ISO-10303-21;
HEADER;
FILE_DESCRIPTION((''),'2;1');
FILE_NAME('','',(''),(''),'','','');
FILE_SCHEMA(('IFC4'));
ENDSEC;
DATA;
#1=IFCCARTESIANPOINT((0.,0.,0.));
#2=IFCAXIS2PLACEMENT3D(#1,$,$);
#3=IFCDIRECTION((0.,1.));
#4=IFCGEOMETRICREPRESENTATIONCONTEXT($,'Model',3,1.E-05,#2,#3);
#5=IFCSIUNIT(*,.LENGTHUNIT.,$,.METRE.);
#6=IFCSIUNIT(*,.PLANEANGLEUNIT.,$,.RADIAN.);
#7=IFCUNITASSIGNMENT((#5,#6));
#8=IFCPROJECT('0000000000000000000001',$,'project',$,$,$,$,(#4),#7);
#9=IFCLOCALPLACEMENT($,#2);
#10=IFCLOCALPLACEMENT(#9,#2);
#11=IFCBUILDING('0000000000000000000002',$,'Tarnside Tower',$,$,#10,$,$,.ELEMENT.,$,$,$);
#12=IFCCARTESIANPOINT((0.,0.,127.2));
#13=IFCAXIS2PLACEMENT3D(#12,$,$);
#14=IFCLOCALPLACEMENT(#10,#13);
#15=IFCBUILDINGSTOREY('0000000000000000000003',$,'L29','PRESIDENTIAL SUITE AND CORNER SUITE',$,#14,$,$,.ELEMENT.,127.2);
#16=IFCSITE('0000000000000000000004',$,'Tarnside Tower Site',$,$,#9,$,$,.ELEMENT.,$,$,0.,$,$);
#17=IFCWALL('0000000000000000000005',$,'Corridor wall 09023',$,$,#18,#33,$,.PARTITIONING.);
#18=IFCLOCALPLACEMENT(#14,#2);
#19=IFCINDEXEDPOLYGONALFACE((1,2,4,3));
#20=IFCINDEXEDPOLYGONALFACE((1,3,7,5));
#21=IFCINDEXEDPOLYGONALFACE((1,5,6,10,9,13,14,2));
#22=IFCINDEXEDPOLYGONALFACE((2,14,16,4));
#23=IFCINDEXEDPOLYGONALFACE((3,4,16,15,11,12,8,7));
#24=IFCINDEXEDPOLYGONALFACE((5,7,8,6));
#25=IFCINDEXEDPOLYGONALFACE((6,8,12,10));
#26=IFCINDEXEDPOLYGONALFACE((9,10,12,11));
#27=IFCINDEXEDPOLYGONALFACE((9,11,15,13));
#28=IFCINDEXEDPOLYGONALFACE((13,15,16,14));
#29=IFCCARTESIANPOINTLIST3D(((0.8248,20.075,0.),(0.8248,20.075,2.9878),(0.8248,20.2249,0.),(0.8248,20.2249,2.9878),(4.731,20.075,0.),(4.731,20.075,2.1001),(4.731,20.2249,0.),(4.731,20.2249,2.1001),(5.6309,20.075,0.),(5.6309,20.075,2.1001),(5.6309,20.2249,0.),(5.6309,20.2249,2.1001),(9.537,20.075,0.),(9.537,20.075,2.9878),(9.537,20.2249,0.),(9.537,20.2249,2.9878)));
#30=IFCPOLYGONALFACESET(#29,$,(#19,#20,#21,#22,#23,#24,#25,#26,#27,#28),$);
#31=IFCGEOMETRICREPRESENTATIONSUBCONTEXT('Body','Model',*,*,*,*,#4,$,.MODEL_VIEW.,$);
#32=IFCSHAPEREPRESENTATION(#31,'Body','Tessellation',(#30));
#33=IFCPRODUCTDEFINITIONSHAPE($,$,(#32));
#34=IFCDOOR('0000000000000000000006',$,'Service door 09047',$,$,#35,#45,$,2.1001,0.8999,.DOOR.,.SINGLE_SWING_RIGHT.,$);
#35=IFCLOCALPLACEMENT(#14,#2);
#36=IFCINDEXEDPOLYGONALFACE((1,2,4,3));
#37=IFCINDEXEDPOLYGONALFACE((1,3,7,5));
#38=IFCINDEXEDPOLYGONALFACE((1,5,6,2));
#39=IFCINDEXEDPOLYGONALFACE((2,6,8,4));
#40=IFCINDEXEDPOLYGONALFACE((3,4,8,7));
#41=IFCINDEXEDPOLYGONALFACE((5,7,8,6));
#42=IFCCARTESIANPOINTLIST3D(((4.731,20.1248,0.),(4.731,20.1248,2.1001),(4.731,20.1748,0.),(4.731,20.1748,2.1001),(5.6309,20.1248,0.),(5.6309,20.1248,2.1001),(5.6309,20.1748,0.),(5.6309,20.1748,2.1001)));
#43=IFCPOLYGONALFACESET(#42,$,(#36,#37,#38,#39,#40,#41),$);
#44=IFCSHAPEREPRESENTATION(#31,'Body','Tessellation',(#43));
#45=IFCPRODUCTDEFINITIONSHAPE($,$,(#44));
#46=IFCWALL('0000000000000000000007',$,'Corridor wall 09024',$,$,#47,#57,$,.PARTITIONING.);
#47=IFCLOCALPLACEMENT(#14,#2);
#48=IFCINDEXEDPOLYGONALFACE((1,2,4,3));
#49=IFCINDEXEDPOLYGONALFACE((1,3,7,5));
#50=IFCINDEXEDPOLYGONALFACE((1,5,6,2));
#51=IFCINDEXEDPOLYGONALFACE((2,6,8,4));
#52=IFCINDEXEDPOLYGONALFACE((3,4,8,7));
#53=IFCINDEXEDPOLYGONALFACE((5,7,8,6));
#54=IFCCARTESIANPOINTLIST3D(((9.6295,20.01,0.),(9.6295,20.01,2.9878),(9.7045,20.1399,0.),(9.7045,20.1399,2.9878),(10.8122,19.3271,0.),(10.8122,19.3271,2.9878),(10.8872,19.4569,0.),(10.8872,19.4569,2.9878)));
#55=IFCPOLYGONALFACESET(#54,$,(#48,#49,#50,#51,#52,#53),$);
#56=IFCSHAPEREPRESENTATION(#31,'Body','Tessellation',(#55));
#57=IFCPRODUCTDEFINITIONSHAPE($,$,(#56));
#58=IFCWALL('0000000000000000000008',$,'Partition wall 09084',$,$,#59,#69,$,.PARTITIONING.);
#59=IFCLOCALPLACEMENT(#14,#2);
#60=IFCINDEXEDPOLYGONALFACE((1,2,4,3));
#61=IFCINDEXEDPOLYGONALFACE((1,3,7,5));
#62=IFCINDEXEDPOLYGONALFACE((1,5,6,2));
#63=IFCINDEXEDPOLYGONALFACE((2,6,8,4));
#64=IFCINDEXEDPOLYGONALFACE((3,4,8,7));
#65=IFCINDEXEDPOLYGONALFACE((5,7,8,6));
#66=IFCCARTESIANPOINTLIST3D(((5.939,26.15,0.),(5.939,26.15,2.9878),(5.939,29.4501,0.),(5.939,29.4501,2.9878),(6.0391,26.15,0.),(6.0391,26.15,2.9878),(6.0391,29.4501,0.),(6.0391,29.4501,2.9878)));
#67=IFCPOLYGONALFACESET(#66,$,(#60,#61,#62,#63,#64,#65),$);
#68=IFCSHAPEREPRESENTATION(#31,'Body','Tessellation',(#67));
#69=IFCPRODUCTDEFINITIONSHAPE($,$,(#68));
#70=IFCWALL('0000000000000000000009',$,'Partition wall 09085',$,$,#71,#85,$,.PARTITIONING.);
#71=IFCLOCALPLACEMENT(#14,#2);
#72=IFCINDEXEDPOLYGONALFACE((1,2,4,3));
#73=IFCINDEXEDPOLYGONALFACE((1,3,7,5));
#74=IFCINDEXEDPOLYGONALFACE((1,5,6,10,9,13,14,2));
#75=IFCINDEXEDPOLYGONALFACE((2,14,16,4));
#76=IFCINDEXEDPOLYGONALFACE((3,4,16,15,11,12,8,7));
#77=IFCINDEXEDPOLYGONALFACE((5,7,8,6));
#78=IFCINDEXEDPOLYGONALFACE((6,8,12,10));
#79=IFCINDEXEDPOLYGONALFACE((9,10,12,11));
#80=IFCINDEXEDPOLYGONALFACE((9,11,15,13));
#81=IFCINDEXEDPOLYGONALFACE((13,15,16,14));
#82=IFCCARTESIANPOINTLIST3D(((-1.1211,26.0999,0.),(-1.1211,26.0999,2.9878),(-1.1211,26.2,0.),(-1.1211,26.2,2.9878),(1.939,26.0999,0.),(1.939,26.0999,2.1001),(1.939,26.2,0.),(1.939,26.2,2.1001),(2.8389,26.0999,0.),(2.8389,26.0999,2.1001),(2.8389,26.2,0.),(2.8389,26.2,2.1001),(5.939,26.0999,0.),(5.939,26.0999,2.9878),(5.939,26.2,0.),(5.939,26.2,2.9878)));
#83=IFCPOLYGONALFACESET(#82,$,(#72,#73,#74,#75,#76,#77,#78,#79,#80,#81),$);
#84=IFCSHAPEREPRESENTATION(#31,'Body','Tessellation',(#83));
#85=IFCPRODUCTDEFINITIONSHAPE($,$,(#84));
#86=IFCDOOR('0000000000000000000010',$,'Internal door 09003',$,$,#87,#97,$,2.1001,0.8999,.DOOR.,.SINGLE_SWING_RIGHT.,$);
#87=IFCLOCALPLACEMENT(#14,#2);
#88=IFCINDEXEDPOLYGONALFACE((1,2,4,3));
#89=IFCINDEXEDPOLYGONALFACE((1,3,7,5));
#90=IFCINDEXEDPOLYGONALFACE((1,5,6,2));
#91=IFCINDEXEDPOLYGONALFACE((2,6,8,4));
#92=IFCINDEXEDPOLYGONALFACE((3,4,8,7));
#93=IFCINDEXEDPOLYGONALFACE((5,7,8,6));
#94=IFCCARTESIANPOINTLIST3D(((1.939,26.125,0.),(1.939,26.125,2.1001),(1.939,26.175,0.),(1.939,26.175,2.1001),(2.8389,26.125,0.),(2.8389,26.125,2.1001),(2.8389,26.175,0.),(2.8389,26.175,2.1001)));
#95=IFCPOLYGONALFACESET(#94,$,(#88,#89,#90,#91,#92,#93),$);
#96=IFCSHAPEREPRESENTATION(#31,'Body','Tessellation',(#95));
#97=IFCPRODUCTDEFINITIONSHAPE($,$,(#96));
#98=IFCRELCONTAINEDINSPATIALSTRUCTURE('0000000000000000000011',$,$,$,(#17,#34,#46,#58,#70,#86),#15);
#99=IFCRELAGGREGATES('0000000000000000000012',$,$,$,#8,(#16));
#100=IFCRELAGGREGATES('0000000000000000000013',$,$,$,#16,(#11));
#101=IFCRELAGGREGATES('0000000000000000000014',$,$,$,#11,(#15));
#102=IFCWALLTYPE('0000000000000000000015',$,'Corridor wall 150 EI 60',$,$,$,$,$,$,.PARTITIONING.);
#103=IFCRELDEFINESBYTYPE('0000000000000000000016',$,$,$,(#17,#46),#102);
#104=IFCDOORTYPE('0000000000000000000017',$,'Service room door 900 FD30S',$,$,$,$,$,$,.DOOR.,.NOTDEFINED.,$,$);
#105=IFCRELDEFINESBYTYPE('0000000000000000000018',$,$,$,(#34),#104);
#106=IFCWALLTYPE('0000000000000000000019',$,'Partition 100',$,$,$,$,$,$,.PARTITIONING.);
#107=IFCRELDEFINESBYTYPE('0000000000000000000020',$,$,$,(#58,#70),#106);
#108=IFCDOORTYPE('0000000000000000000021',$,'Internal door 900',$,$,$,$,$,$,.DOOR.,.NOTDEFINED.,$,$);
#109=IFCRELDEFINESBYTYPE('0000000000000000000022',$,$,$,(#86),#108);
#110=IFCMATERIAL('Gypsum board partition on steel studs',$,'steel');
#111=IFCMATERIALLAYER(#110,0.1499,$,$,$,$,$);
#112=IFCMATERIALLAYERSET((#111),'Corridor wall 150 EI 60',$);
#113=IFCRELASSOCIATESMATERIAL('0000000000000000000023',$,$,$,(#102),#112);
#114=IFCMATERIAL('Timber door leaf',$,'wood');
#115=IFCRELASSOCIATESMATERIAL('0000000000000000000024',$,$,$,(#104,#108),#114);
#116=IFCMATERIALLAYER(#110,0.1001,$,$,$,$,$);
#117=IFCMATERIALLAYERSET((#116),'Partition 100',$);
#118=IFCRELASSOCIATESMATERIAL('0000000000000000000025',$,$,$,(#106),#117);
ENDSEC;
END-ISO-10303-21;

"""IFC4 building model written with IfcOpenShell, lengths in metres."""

from ifc_helpers import new_model, si_unit, direction, frame, frame_2d, origin, place, context, subcontext, project, spatial, rectangle, extrude, material, layer, layer_set, type_object, element, fill, save


model = new_model("IFC4")

# Units and contexts
model_context = context("Model", 3, precision=1e-05, world=origin(), true_north=direction((0.0, 1.0)))
body_context = subcontext(model_context, "Body", "Model", "MODEL_VIEW")
ifc_project = project(units=[si_unit("LENGTHUNIT", "METRE"), si_unit("PLANEANGLEUNIT", "RADIAN")], contexts=[model_context])

# Site, building, storey
site_placement = place(None, origin())
site = spatial("IfcSite", under=ifc_project, at=site_placement, Name="Tarnside Tower Site", CompositionType="ELEMENT", RefElevation=0.0)
building_placement = place(site_placement, origin())
building = spatial("IfcBuilding", under=site, at=building_placement, Name="Tarnside Tower", CompositionType="ELEMENT")
storey_placement = place(building_placement, frame((0.0, 0.0, 127.2)))
storey = spatial("IfcBuildingStorey", under=building, at=storey_placement, Name="L29", Description="PRESIDENTIAL SUITE AND CORNER SUITE", CompositionType="ELEMENT", Elevation=127.2)

# Shared definitions
ifc_material_1 = material(Name="Gypsum board partition on steel studs", Category="steel")
ifc_material_2 = material(Name="Timber door leaf", Category="wood")

# Wall, opening, door
ifc_layer_1 = layer(ifc_material_1, 0.1499)
ifc_layer_set_1 = layer_set([ifc_layer_1], Name="Corridor wall 150 EI 60")
wall_type_1 = type_object("IfcWallType", Name="Corridor wall 150 EI 60", PredefinedType="PARTITIONING", material=ifc_layer_set_1)
wall_1_placement = place(storey_placement, frame((0.825, 20.1499, 0.0), z_axis=(0.0, 0.0, 1.0), x_axis=(1.0, 0.0, 0.0)))
wall_1 = element("IfcWall", 1, at=wall_1_placement, inside=storey, type_object=wall_type_1, Name="Corridor wall 09023", PredefinedType="PARTITIONING", context=body_context, shape_type="SweptSolid", body=[
    extrude(rectangle(XDim=8.7122, YDim=0.1499, at=frame_2d((4.356, 0.0))), origin(), (0.0, 0.0, 1.0), 2.9878),
])
opening_1_placement = place(wall_1_placement, frame((3.906, 0.0, 0.0)))
opening_1 = element("IfcOpeningElement", 2, at=opening_1_placement, cuts=wall_1, PredefinedType="OPENING", context=body_context, shape_type="SweptSolid", body=[
    extrude(rectangle(XDim=0.8999, YDim=2.1001, at=frame_2d((0.45, 1.05))), frame((0.0, 0.085, 0.0), z_axis=(0.0, -1.0, 0.0), x_axis=(1.0, 0.0, 0.0)), (0.0, 0.0, 1.0), 0.1699),
])
door_type_1 = type_object("IfcDoorType", Name="Service room door 900 FD30S", OperationType="NOTDEFINED", PredefinedType="DOOR", material=ifc_material_2)
door_1_placement = place(opening_1_placement, origin())
door_1 = element("IfcDoor", 3, at=door_1_placement, inside=storey, type_object=door_type_1, Name="Service door 09047", OperationType="SINGLE_SWING_RIGHT", OverallHeight=2.1001, OverallWidth=0.8999, PredefinedType="DOOR", context=body_context, shape_type="SweptSolid", body=[
    extrude(rectangle(XDim=0.8999, YDim=2.1001, at=frame_2d((0.45, 1.05))), frame((0.0, 0.0249, 0.0), z_axis=(0.0, -1.0, 0.0), x_axis=(1.0, 0.0, 0.0)), (0.0, 0.0, 1.0), 0.05),
])
fill(opening_1, door_1)

# Walls
wall_2_placement = place(storey_placement, frame((9.667, 20.075, 0.0), z_axis=(0.0, 0.0, 1.0), x_axis=(0.866001, -0.500042, 0.0)))
element("IfcWall", 4, at=wall_2_placement, inside=storey, type_object=wall_type_1, Name="Corridor wall 09024", PredefinedType="PARTITIONING", context=body_context, shape_type="SweptSolid", body=[
    extrude(rectangle(XDim=1.3657, YDim=0.1499, at=frame_2d((0.6829, 0.0))), origin(), (0.0, 0.0, 1.0), 2.9878),
])
ifc_layer_2 = layer(ifc_material_1, 0.1001)
ifc_layer_set_2 = layer_set([ifc_layer_2], Name="Partition 100")
wall_type_2 = type_object("IfcWallType", Name="Partition 100", PredefinedType="PARTITIONING", material=ifc_layer_set_2)
wall_3_placement = place(storey_placement, frame((5.989, 29.45, 0.0), z_axis=(0.0, 0.0, 1.0), x_axis=(0.0, -1.0, 0.0)))
element("IfcWall", 5, at=wall_3_placement, inside=storey, type_object=wall_type_2, Name="Partition wall 09084", PredefinedType="PARTITIONING", context=body_context, shape_type="SweptSolid", body=[
    extrude(rectangle(XDim=3.3, YDim=0.1001, at=frame_2d((1.6499, 0.0))), origin(), (0.0, 0.0, 1.0), 2.9878),
])

# Wall, opening, door
wall_4_placement = place(storey_placement, frame((5.939, 26.1499, 0.0), z_axis=(0.0, 0.0, 1.0), x_axis=(-1.0, 0.0, 0.0)))
wall_4 = element("IfcWall", 6, at=wall_4_placement, inside=storey, type_object=wall_type_2, Name="Partition wall 09085", PredefinedType="PARTITIONING", context=body_context, shape_type="SweptSolid", body=[
    extrude(rectangle(XDim=7.0601, YDim=0.1001, at=frame_2d((3.53, 0.0))), origin(), (0.0, 0.0, 1.0), 2.9878),
])
opening_2_placement = place(wall_4_placement, frame((3.1001, 0.0, 0.0)))
opening_2 = element("IfcOpeningElement", 7, at=opening_2_placement, cuts=wall_4, PredefinedType="OPENING", context=body_context, shape_type="SweptSolid", body=[
    extrude(rectangle(XDim=0.8999, YDim=2.1001, at=frame_2d((0.45, 1.05))), frame((0.0, 0.0601, 0.0), z_axis=(0.0, -1.0, 0.0), x_axis=(1.0, 0.0, 0.0)), (0.0, 0.0, 1.0), 0.1201),
])
door_type_2 = type_object("IfcDoorType", Name="Internal door 900", OperationType="NOTDEFINED", PredefinedType="DOOR", material=ifc_material_2)
door_2_placement = place(opening_2_placement, origin())
door_2 = element("IfcDoor", 8, at=door_2_placement, inside=storey, type_object=door_type_2, Name="Internal door 09003", OperationType="SINGLE_SWING_RIGHT", OverallHeight=2.1001, OverallWidth=0.8999, PredefinedType="DOOR", context=body_context, shape_type="SweptSolid", body=[
    extrude(rectangle(XDim=0.8999, YDim=2.1001, at=frame_2d((0.45, 1.05))), frame((0.0, 0.0249, 0.0), z_axis=(0.0, -1.0, 0.0), x_axis=(1.0, 0.0, 0.0)), (0.0, 0.0, 1.0), 0.05),
])
fill(opening_2, door_2)

save(model, "model.ifc")
